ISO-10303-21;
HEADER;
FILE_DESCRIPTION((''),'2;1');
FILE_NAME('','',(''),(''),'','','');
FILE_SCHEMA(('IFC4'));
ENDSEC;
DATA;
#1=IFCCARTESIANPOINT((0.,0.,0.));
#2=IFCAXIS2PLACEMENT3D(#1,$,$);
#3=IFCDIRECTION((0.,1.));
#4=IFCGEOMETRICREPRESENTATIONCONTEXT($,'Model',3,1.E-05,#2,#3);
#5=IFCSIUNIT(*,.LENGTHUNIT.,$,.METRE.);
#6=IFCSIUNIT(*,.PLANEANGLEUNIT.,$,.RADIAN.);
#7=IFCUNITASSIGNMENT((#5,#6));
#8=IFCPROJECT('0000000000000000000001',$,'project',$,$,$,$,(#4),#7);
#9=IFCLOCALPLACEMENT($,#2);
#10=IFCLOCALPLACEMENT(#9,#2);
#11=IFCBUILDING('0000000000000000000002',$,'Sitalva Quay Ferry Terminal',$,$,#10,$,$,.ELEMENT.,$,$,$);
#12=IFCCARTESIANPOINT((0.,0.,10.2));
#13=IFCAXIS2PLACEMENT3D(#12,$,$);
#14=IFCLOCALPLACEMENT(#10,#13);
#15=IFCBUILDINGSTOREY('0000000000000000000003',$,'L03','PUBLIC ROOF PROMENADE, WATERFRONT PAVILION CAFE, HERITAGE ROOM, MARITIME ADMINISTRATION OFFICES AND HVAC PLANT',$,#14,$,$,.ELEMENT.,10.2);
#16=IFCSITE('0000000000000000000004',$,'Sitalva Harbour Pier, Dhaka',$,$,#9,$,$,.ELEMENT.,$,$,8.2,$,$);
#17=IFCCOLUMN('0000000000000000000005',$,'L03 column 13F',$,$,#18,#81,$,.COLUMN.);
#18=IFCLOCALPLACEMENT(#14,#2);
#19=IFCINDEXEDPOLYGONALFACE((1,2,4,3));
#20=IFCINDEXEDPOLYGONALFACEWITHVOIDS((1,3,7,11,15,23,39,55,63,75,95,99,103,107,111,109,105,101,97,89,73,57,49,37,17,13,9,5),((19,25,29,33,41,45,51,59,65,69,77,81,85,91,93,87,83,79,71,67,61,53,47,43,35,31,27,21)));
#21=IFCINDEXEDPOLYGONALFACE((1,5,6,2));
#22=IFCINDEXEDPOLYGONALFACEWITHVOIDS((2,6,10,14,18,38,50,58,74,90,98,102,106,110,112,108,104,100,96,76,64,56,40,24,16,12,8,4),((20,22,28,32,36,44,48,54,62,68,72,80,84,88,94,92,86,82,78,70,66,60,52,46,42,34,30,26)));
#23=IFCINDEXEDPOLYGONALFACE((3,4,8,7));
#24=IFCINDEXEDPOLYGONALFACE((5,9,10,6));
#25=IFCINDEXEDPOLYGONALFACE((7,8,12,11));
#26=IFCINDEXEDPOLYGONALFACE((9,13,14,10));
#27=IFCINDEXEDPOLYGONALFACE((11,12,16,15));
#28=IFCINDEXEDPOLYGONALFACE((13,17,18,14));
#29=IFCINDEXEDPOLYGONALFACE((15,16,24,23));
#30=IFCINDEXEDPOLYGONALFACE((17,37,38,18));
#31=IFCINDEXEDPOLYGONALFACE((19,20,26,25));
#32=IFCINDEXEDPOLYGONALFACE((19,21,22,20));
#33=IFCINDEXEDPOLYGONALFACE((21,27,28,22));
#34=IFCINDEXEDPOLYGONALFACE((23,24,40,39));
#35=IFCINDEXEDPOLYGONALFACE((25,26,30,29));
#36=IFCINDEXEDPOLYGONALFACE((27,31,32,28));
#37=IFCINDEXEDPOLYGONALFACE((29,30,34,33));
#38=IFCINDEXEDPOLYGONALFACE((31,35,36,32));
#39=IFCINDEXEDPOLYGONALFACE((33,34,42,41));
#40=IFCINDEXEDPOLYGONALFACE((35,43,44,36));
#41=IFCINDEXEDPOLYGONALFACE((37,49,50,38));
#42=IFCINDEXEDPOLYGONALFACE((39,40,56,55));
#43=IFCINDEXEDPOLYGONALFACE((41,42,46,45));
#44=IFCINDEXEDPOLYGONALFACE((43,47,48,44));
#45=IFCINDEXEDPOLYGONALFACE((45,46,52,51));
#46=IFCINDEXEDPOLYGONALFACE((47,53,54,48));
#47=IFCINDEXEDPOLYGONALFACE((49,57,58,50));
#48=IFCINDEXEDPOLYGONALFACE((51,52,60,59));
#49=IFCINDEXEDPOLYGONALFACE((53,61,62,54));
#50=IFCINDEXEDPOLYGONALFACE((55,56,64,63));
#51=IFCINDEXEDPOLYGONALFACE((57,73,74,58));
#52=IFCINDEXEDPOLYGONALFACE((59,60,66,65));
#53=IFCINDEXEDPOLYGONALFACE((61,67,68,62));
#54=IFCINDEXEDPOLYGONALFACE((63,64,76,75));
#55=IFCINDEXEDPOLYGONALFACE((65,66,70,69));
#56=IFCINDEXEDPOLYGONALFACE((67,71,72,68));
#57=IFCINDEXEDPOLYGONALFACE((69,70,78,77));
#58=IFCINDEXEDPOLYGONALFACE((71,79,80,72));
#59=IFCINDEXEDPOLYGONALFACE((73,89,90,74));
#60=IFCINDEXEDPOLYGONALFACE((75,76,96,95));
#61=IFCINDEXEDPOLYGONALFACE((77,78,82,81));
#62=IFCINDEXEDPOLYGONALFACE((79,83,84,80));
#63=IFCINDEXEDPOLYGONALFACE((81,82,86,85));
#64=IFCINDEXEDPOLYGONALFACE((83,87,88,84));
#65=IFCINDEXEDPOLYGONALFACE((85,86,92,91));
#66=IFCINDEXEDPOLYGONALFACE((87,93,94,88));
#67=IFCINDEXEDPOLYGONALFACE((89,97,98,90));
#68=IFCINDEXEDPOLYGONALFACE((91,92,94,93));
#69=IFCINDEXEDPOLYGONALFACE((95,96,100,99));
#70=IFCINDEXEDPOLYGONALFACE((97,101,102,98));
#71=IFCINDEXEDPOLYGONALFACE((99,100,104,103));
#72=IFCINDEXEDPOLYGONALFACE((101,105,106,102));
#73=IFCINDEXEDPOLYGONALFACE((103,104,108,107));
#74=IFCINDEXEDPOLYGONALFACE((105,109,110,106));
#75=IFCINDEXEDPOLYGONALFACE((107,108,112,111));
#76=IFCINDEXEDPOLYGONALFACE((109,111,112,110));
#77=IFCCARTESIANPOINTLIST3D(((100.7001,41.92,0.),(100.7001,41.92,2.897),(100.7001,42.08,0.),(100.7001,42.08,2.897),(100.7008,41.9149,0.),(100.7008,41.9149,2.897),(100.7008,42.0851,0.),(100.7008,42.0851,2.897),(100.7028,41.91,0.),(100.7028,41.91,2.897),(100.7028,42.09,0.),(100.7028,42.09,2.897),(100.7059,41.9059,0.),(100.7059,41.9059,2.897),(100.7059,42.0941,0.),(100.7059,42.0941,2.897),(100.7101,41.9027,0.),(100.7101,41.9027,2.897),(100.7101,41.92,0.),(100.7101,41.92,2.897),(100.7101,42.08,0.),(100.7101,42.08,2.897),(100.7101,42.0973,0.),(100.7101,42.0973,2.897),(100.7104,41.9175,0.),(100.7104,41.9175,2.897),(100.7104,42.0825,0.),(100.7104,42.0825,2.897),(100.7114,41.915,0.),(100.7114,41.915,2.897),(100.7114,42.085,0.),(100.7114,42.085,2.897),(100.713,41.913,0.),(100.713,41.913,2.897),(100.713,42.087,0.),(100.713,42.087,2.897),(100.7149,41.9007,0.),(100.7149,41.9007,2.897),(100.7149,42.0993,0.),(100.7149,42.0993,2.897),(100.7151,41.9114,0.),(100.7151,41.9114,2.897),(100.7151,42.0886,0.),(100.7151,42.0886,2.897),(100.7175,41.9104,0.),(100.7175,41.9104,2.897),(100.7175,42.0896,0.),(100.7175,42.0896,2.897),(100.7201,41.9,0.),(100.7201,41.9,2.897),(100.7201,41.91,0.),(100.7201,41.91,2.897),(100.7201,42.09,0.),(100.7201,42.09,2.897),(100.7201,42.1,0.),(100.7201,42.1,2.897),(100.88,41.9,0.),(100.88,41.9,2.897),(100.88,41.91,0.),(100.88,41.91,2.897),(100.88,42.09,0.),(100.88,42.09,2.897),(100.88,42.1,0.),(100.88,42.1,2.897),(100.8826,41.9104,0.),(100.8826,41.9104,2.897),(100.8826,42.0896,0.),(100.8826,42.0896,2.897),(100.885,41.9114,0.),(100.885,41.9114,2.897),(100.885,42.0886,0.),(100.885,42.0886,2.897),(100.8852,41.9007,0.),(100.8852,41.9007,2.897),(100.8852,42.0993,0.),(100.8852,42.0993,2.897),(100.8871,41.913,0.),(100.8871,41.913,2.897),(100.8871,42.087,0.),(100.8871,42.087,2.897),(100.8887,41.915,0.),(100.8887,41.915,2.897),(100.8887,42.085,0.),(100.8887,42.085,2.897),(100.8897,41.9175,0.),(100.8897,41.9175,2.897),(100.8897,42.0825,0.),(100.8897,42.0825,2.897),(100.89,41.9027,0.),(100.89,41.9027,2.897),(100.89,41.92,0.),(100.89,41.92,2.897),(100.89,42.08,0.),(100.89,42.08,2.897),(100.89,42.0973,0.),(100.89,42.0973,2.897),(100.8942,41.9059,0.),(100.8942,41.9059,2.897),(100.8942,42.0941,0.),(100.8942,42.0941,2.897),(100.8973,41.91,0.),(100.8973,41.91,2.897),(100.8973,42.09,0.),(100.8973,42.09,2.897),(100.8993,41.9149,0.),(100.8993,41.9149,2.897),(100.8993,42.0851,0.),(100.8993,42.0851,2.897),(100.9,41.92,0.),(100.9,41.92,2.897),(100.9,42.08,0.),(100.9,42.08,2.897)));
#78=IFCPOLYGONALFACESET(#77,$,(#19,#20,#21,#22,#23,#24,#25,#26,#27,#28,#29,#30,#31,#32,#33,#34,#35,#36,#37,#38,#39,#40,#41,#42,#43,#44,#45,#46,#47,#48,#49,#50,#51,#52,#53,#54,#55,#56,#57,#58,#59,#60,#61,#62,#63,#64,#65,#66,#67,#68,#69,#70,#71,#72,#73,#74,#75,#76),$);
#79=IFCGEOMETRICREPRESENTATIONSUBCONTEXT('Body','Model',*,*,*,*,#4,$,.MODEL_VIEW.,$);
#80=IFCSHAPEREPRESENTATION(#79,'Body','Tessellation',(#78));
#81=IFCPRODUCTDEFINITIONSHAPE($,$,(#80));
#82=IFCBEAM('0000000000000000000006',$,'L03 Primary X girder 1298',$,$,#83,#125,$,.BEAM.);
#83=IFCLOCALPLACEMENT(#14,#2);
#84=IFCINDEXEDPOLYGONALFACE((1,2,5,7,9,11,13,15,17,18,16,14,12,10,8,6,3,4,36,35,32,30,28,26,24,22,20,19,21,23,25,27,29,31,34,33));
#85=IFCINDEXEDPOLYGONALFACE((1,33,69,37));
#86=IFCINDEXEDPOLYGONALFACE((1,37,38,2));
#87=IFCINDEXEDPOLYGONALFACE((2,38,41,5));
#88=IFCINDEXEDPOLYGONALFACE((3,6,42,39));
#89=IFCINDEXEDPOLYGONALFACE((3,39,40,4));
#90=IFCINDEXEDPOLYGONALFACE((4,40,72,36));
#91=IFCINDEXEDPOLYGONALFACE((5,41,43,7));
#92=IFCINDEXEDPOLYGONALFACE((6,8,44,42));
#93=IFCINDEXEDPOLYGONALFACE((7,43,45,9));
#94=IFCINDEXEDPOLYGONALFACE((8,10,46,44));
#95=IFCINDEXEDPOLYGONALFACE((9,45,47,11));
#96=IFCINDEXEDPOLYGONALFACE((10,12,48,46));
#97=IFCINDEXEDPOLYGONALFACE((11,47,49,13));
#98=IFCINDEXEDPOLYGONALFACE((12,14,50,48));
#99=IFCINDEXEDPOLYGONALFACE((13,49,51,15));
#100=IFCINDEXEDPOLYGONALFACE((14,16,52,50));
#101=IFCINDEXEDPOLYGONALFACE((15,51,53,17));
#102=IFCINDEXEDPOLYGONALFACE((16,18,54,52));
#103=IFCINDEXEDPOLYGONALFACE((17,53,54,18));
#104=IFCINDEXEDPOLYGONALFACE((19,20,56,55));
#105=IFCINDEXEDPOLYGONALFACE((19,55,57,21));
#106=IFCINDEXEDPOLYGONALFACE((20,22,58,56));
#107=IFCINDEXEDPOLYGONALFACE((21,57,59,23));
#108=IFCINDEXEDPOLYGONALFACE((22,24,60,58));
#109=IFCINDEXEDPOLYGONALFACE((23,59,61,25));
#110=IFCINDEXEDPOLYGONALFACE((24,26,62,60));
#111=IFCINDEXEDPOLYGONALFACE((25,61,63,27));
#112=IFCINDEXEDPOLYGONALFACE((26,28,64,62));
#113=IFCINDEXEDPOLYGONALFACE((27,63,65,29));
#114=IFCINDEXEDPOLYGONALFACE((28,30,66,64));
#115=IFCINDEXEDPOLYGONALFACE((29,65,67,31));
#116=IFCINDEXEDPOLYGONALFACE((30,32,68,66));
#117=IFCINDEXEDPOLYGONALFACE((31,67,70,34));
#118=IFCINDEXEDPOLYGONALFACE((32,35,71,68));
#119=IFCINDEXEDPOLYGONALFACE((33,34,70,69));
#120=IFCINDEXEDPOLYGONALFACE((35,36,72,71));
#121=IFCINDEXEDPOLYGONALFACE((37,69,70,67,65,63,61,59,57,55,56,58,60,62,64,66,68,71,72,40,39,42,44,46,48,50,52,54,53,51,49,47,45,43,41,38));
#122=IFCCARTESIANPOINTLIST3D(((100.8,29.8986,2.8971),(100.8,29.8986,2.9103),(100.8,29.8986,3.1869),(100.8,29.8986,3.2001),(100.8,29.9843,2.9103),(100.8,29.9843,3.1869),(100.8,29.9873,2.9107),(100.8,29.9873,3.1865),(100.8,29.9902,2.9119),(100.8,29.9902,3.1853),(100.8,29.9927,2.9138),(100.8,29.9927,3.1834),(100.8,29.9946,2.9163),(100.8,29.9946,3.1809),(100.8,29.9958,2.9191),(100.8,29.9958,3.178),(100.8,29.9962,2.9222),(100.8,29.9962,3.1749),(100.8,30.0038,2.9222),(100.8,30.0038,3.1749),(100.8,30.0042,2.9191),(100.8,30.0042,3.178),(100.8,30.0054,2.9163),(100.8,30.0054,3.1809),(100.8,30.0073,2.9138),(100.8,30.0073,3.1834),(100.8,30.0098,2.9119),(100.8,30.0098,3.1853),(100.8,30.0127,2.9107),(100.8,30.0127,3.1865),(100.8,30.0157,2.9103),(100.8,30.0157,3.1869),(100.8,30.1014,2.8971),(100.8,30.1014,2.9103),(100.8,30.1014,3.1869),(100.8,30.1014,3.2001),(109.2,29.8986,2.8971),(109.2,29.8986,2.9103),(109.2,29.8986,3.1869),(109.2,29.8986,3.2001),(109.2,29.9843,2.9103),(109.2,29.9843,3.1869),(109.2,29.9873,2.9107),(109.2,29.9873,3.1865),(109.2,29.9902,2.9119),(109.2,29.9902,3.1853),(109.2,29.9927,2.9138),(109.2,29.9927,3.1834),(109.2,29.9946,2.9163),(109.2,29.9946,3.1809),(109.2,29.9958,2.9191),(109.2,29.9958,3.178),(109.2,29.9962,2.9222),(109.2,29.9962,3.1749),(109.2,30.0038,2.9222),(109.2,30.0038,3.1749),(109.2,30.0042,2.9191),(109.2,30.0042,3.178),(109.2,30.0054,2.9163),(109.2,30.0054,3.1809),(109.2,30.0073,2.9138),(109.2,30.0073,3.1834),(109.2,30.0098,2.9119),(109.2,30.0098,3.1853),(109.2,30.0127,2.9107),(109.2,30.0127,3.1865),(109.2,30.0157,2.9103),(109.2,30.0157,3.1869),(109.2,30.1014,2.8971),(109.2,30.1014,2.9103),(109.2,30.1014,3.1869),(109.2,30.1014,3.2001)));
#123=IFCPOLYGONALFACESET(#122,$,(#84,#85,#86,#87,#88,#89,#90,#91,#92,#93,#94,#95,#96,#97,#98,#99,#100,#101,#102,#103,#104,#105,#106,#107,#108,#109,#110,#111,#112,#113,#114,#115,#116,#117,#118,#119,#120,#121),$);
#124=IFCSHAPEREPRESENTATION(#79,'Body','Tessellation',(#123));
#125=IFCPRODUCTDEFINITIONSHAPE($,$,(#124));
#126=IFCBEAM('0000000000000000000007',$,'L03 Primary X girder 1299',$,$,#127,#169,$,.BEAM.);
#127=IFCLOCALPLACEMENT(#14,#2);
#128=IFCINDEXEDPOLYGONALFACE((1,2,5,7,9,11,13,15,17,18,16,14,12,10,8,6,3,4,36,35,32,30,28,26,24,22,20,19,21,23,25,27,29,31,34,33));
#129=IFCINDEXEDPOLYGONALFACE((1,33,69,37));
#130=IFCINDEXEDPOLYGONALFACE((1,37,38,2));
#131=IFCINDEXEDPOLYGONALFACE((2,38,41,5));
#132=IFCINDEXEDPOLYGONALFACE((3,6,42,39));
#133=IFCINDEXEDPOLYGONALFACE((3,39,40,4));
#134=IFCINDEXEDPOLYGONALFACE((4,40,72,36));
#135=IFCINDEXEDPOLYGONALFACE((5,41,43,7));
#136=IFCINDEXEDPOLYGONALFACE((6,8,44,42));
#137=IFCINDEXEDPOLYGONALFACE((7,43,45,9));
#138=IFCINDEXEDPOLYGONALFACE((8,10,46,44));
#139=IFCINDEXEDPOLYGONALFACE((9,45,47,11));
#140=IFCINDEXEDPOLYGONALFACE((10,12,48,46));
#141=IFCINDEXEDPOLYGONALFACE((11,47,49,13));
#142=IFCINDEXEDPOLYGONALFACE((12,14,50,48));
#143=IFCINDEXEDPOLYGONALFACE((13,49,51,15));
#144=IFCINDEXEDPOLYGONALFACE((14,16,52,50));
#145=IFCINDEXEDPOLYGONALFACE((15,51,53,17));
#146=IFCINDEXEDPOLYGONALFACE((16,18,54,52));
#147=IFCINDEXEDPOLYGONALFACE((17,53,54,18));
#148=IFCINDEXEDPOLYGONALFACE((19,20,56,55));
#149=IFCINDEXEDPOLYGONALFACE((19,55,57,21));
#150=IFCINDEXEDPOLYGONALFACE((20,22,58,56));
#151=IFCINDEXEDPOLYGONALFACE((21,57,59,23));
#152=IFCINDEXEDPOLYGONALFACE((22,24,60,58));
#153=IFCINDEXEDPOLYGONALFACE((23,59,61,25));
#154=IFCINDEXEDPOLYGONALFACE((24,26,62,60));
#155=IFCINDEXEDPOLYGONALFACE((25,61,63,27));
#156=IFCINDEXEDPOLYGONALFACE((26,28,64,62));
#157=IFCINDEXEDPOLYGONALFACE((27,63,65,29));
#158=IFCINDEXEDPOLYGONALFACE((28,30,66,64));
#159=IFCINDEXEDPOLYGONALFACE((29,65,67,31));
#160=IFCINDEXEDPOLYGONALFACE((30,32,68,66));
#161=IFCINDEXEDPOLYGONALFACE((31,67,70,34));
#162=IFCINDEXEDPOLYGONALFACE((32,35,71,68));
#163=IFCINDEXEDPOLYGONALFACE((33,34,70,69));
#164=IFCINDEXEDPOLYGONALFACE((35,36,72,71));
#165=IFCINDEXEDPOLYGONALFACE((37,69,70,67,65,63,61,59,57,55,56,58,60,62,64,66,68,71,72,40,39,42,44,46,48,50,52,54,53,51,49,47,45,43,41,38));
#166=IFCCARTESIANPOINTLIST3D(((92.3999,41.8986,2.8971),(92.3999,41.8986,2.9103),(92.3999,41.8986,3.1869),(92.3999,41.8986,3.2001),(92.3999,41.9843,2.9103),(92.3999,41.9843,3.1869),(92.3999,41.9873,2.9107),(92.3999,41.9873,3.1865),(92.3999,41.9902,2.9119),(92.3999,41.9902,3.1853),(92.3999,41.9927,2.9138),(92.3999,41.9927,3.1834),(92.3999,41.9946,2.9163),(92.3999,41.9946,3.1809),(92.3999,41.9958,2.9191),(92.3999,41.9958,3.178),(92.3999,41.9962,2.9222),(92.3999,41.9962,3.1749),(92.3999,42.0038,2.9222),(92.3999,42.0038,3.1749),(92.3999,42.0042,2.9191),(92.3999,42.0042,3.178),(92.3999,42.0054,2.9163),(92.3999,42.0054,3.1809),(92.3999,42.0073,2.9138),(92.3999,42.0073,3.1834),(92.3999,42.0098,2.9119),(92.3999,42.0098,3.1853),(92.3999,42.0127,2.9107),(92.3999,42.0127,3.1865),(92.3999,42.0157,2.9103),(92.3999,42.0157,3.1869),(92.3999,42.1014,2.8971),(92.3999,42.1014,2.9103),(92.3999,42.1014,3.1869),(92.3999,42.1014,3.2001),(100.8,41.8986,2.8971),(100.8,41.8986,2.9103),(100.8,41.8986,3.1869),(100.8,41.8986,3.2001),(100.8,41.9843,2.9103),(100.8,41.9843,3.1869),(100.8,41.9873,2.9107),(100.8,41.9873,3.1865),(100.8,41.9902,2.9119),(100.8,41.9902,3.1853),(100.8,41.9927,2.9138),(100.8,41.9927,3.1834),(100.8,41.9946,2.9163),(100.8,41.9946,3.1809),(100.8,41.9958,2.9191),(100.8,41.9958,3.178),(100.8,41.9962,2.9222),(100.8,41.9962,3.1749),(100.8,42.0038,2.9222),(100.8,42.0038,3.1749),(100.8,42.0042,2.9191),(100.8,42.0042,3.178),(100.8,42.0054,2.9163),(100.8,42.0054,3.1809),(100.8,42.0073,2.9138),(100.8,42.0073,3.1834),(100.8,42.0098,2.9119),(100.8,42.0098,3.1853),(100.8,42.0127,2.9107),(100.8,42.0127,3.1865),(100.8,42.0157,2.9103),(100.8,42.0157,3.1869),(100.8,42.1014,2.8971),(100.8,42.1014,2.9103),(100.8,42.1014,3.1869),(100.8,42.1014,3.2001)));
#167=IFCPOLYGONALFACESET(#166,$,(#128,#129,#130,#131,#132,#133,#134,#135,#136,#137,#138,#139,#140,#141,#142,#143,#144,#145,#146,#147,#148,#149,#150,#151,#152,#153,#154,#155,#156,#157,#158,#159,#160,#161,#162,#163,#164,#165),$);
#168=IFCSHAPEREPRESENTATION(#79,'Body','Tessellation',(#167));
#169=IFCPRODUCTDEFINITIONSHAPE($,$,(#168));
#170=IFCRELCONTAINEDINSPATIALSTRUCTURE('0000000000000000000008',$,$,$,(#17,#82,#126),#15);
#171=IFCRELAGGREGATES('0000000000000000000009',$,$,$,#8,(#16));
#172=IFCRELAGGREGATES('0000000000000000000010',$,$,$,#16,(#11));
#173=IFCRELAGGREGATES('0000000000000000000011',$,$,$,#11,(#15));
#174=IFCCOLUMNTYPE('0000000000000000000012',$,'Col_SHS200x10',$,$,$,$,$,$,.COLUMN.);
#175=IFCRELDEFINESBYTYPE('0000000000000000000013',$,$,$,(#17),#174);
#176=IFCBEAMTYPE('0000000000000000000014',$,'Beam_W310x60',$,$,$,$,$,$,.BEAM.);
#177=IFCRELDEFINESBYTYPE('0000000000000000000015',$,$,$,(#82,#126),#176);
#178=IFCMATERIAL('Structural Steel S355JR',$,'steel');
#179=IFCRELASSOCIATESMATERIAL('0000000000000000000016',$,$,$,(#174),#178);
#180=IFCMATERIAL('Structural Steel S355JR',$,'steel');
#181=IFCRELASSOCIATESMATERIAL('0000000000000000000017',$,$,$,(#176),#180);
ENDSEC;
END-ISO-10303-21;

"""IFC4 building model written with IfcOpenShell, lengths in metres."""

from ifc_helpers import new_model, si_unit, direction, frame, origin, origin_2d, place, context, subcontext, project, spatial, hollow_rectangle, i_section, extrude, material, material_profile, profile_set, type_object, element, save


model = new_model("IFC4")

# Units and contexts
model_context = context("Model", 3, precision=1e-05, world=origin(), true_north=direction((0.0, 1.0)))
body_context = subcontext(model_context, "Body", "Model", "MODEL_VIEW")
ifc_project = project(units=[si_unit("LENGTHUNIT", "METRE"), si_unit("PLANEANGLEUNIT", "RADIAN")], contexts=[model_context])

# Site, building, storey
site_placement = place(None, origin())
site = spatial("IfcSite", under=ifc_project, at=site_placement, Name="Sitalva Harbour Pier, Dhaka", CompositionType="ELEMENT", RefElevation=8.2)
building_placement = place(site_placement, origin())
building = spatial("IfcBuilding", under=site, at=building_placement, Name="Sitalva Quay Ferry Terminal", CompositionType="ELEMENT")
storey_placement = place(building_placement, frame((0.0, 0.0, 10.2)))
storey = spatial("IfcBuildingStorey", under=building, at=storey_placement, Name="L03", Description="PUBLIC ROOF PROMENADE, WATERFRONT PAVILION CAFE, HERITAGE ROOM, MARITIME ADMINISTRATION OFFICES AND HVAC PLANT", CompositionType="ELEMENT", Elevation=10.2)

# Column
ifc_material_1 = material(Name="Structural Steel S355JR", Category="steel")
ifc_material_profile_1 = material_profile(ifc_material_1, hollow_rectangle(XDim=0.2, YDim=0.2, WallThickness=0.01, InnerFilletRadius=0.01, OuterFilletRadius=0.02, at=origin_2d()), Name="SHS200x200x10")
ifc_profile_set_1 = profile_set([ifc_material_profile_1], Name="Structural Steel S355JR")
column_type = type_object("IfcColumnType", Name="Col_SHS200x10", PredefinedType="COLUMN", material=ifc_profile_set_1)
for number, where, z_axis, x_axis, name in (
    (1, (100.8, 42.0, 0.0), (0.0, 0.0, 1.0), (1.0, 0.0, 0.0), "L03 column 13F"),
):
    element("IfcColumn", number, at=place(storey_placement, frame(where, z_axis=z_axis, x_axis=x_axis)), inside=storey, type_object=column_type, Name=name, PredefinedType="COLUMN", context=body_context, shape_type="SweptSolid", body=[
        extrude(hollow_rectangle(XDim=0.2, YDim=0.2, WallThickness=0.01, InnerFilletRadius=0.01, OuterFilletRadius=0.02, at=origin_2d()), origin(), (0.0, 0.0, 1.0), 2.897),
    ])

# Beams
ifc_material_2 = material(Name="Structural Steel S355JR", Category="steel")
ifc_material_profile_2 = material_profile(ifc_material_2, i_section(OverallWidth=0.2029, OverallDepth=0.303, WebThickness=0.0076, FlangeThickness=0.0132, FilletRadius=0.012, at=origin_2d()), Name="W310x60")
ifc_profile_set_2 = profile_set([ifc_material_profile_2], Name="Structural Steel S355JR")
beam_type = type_object("IfcBeamType", Name="Beam_W310x60", PredefinedType="BEAM", material=ifc_profile_set_2)
beam_1_placement = place(storey_placement, frame((100.8, 30.0, 3.0486), z_axis=(1.0, 0.0, 0.0), x_axis=(0.0, 1.0, 0.0)))
element("IfcBeam", 2, at=beam_1_placement, inside=storey, type_object=beam_type, Name="L03 Primary X girder 1298", PredefinedType="BEAM", context=body_context, shape_type="SweptSolid", body=[
    extrude(i_section(OverallWidth=0.2029, OverallDepth=0.303, WebThickness=0.0076, FlangeThickness=0.0132, FilletRadius=0.012, at=origin_2d()), origin(), (0.0, 0.0, 1.0), 8.3999),
])
beam_2_placement = place(storey_placement, frame((92.3999, 42.0, 3.0486), z_axis=(1.0, 0.0, 0.0), x_axis=(0.0, 1.0, 0.0)))
element("IfcBeam", 3, at=beam_2_placement, inside=storey, type_object=beam_type, Name="L03 Primary X girder 1299", PredefinedType="BEAM", context=body_context, shape_type="SweptSolid", body=[
    extrude(i_section(OverallWidth=0.2029, OverallDepth=0.303, WebThickness=0.0076, FlangeThickness=0.0132, FilletRadius=0.012, at=origin_2d()), origin(), (0.0, 0.0, 1.0), 8.4001),
])

save(model, "model.ifc")
